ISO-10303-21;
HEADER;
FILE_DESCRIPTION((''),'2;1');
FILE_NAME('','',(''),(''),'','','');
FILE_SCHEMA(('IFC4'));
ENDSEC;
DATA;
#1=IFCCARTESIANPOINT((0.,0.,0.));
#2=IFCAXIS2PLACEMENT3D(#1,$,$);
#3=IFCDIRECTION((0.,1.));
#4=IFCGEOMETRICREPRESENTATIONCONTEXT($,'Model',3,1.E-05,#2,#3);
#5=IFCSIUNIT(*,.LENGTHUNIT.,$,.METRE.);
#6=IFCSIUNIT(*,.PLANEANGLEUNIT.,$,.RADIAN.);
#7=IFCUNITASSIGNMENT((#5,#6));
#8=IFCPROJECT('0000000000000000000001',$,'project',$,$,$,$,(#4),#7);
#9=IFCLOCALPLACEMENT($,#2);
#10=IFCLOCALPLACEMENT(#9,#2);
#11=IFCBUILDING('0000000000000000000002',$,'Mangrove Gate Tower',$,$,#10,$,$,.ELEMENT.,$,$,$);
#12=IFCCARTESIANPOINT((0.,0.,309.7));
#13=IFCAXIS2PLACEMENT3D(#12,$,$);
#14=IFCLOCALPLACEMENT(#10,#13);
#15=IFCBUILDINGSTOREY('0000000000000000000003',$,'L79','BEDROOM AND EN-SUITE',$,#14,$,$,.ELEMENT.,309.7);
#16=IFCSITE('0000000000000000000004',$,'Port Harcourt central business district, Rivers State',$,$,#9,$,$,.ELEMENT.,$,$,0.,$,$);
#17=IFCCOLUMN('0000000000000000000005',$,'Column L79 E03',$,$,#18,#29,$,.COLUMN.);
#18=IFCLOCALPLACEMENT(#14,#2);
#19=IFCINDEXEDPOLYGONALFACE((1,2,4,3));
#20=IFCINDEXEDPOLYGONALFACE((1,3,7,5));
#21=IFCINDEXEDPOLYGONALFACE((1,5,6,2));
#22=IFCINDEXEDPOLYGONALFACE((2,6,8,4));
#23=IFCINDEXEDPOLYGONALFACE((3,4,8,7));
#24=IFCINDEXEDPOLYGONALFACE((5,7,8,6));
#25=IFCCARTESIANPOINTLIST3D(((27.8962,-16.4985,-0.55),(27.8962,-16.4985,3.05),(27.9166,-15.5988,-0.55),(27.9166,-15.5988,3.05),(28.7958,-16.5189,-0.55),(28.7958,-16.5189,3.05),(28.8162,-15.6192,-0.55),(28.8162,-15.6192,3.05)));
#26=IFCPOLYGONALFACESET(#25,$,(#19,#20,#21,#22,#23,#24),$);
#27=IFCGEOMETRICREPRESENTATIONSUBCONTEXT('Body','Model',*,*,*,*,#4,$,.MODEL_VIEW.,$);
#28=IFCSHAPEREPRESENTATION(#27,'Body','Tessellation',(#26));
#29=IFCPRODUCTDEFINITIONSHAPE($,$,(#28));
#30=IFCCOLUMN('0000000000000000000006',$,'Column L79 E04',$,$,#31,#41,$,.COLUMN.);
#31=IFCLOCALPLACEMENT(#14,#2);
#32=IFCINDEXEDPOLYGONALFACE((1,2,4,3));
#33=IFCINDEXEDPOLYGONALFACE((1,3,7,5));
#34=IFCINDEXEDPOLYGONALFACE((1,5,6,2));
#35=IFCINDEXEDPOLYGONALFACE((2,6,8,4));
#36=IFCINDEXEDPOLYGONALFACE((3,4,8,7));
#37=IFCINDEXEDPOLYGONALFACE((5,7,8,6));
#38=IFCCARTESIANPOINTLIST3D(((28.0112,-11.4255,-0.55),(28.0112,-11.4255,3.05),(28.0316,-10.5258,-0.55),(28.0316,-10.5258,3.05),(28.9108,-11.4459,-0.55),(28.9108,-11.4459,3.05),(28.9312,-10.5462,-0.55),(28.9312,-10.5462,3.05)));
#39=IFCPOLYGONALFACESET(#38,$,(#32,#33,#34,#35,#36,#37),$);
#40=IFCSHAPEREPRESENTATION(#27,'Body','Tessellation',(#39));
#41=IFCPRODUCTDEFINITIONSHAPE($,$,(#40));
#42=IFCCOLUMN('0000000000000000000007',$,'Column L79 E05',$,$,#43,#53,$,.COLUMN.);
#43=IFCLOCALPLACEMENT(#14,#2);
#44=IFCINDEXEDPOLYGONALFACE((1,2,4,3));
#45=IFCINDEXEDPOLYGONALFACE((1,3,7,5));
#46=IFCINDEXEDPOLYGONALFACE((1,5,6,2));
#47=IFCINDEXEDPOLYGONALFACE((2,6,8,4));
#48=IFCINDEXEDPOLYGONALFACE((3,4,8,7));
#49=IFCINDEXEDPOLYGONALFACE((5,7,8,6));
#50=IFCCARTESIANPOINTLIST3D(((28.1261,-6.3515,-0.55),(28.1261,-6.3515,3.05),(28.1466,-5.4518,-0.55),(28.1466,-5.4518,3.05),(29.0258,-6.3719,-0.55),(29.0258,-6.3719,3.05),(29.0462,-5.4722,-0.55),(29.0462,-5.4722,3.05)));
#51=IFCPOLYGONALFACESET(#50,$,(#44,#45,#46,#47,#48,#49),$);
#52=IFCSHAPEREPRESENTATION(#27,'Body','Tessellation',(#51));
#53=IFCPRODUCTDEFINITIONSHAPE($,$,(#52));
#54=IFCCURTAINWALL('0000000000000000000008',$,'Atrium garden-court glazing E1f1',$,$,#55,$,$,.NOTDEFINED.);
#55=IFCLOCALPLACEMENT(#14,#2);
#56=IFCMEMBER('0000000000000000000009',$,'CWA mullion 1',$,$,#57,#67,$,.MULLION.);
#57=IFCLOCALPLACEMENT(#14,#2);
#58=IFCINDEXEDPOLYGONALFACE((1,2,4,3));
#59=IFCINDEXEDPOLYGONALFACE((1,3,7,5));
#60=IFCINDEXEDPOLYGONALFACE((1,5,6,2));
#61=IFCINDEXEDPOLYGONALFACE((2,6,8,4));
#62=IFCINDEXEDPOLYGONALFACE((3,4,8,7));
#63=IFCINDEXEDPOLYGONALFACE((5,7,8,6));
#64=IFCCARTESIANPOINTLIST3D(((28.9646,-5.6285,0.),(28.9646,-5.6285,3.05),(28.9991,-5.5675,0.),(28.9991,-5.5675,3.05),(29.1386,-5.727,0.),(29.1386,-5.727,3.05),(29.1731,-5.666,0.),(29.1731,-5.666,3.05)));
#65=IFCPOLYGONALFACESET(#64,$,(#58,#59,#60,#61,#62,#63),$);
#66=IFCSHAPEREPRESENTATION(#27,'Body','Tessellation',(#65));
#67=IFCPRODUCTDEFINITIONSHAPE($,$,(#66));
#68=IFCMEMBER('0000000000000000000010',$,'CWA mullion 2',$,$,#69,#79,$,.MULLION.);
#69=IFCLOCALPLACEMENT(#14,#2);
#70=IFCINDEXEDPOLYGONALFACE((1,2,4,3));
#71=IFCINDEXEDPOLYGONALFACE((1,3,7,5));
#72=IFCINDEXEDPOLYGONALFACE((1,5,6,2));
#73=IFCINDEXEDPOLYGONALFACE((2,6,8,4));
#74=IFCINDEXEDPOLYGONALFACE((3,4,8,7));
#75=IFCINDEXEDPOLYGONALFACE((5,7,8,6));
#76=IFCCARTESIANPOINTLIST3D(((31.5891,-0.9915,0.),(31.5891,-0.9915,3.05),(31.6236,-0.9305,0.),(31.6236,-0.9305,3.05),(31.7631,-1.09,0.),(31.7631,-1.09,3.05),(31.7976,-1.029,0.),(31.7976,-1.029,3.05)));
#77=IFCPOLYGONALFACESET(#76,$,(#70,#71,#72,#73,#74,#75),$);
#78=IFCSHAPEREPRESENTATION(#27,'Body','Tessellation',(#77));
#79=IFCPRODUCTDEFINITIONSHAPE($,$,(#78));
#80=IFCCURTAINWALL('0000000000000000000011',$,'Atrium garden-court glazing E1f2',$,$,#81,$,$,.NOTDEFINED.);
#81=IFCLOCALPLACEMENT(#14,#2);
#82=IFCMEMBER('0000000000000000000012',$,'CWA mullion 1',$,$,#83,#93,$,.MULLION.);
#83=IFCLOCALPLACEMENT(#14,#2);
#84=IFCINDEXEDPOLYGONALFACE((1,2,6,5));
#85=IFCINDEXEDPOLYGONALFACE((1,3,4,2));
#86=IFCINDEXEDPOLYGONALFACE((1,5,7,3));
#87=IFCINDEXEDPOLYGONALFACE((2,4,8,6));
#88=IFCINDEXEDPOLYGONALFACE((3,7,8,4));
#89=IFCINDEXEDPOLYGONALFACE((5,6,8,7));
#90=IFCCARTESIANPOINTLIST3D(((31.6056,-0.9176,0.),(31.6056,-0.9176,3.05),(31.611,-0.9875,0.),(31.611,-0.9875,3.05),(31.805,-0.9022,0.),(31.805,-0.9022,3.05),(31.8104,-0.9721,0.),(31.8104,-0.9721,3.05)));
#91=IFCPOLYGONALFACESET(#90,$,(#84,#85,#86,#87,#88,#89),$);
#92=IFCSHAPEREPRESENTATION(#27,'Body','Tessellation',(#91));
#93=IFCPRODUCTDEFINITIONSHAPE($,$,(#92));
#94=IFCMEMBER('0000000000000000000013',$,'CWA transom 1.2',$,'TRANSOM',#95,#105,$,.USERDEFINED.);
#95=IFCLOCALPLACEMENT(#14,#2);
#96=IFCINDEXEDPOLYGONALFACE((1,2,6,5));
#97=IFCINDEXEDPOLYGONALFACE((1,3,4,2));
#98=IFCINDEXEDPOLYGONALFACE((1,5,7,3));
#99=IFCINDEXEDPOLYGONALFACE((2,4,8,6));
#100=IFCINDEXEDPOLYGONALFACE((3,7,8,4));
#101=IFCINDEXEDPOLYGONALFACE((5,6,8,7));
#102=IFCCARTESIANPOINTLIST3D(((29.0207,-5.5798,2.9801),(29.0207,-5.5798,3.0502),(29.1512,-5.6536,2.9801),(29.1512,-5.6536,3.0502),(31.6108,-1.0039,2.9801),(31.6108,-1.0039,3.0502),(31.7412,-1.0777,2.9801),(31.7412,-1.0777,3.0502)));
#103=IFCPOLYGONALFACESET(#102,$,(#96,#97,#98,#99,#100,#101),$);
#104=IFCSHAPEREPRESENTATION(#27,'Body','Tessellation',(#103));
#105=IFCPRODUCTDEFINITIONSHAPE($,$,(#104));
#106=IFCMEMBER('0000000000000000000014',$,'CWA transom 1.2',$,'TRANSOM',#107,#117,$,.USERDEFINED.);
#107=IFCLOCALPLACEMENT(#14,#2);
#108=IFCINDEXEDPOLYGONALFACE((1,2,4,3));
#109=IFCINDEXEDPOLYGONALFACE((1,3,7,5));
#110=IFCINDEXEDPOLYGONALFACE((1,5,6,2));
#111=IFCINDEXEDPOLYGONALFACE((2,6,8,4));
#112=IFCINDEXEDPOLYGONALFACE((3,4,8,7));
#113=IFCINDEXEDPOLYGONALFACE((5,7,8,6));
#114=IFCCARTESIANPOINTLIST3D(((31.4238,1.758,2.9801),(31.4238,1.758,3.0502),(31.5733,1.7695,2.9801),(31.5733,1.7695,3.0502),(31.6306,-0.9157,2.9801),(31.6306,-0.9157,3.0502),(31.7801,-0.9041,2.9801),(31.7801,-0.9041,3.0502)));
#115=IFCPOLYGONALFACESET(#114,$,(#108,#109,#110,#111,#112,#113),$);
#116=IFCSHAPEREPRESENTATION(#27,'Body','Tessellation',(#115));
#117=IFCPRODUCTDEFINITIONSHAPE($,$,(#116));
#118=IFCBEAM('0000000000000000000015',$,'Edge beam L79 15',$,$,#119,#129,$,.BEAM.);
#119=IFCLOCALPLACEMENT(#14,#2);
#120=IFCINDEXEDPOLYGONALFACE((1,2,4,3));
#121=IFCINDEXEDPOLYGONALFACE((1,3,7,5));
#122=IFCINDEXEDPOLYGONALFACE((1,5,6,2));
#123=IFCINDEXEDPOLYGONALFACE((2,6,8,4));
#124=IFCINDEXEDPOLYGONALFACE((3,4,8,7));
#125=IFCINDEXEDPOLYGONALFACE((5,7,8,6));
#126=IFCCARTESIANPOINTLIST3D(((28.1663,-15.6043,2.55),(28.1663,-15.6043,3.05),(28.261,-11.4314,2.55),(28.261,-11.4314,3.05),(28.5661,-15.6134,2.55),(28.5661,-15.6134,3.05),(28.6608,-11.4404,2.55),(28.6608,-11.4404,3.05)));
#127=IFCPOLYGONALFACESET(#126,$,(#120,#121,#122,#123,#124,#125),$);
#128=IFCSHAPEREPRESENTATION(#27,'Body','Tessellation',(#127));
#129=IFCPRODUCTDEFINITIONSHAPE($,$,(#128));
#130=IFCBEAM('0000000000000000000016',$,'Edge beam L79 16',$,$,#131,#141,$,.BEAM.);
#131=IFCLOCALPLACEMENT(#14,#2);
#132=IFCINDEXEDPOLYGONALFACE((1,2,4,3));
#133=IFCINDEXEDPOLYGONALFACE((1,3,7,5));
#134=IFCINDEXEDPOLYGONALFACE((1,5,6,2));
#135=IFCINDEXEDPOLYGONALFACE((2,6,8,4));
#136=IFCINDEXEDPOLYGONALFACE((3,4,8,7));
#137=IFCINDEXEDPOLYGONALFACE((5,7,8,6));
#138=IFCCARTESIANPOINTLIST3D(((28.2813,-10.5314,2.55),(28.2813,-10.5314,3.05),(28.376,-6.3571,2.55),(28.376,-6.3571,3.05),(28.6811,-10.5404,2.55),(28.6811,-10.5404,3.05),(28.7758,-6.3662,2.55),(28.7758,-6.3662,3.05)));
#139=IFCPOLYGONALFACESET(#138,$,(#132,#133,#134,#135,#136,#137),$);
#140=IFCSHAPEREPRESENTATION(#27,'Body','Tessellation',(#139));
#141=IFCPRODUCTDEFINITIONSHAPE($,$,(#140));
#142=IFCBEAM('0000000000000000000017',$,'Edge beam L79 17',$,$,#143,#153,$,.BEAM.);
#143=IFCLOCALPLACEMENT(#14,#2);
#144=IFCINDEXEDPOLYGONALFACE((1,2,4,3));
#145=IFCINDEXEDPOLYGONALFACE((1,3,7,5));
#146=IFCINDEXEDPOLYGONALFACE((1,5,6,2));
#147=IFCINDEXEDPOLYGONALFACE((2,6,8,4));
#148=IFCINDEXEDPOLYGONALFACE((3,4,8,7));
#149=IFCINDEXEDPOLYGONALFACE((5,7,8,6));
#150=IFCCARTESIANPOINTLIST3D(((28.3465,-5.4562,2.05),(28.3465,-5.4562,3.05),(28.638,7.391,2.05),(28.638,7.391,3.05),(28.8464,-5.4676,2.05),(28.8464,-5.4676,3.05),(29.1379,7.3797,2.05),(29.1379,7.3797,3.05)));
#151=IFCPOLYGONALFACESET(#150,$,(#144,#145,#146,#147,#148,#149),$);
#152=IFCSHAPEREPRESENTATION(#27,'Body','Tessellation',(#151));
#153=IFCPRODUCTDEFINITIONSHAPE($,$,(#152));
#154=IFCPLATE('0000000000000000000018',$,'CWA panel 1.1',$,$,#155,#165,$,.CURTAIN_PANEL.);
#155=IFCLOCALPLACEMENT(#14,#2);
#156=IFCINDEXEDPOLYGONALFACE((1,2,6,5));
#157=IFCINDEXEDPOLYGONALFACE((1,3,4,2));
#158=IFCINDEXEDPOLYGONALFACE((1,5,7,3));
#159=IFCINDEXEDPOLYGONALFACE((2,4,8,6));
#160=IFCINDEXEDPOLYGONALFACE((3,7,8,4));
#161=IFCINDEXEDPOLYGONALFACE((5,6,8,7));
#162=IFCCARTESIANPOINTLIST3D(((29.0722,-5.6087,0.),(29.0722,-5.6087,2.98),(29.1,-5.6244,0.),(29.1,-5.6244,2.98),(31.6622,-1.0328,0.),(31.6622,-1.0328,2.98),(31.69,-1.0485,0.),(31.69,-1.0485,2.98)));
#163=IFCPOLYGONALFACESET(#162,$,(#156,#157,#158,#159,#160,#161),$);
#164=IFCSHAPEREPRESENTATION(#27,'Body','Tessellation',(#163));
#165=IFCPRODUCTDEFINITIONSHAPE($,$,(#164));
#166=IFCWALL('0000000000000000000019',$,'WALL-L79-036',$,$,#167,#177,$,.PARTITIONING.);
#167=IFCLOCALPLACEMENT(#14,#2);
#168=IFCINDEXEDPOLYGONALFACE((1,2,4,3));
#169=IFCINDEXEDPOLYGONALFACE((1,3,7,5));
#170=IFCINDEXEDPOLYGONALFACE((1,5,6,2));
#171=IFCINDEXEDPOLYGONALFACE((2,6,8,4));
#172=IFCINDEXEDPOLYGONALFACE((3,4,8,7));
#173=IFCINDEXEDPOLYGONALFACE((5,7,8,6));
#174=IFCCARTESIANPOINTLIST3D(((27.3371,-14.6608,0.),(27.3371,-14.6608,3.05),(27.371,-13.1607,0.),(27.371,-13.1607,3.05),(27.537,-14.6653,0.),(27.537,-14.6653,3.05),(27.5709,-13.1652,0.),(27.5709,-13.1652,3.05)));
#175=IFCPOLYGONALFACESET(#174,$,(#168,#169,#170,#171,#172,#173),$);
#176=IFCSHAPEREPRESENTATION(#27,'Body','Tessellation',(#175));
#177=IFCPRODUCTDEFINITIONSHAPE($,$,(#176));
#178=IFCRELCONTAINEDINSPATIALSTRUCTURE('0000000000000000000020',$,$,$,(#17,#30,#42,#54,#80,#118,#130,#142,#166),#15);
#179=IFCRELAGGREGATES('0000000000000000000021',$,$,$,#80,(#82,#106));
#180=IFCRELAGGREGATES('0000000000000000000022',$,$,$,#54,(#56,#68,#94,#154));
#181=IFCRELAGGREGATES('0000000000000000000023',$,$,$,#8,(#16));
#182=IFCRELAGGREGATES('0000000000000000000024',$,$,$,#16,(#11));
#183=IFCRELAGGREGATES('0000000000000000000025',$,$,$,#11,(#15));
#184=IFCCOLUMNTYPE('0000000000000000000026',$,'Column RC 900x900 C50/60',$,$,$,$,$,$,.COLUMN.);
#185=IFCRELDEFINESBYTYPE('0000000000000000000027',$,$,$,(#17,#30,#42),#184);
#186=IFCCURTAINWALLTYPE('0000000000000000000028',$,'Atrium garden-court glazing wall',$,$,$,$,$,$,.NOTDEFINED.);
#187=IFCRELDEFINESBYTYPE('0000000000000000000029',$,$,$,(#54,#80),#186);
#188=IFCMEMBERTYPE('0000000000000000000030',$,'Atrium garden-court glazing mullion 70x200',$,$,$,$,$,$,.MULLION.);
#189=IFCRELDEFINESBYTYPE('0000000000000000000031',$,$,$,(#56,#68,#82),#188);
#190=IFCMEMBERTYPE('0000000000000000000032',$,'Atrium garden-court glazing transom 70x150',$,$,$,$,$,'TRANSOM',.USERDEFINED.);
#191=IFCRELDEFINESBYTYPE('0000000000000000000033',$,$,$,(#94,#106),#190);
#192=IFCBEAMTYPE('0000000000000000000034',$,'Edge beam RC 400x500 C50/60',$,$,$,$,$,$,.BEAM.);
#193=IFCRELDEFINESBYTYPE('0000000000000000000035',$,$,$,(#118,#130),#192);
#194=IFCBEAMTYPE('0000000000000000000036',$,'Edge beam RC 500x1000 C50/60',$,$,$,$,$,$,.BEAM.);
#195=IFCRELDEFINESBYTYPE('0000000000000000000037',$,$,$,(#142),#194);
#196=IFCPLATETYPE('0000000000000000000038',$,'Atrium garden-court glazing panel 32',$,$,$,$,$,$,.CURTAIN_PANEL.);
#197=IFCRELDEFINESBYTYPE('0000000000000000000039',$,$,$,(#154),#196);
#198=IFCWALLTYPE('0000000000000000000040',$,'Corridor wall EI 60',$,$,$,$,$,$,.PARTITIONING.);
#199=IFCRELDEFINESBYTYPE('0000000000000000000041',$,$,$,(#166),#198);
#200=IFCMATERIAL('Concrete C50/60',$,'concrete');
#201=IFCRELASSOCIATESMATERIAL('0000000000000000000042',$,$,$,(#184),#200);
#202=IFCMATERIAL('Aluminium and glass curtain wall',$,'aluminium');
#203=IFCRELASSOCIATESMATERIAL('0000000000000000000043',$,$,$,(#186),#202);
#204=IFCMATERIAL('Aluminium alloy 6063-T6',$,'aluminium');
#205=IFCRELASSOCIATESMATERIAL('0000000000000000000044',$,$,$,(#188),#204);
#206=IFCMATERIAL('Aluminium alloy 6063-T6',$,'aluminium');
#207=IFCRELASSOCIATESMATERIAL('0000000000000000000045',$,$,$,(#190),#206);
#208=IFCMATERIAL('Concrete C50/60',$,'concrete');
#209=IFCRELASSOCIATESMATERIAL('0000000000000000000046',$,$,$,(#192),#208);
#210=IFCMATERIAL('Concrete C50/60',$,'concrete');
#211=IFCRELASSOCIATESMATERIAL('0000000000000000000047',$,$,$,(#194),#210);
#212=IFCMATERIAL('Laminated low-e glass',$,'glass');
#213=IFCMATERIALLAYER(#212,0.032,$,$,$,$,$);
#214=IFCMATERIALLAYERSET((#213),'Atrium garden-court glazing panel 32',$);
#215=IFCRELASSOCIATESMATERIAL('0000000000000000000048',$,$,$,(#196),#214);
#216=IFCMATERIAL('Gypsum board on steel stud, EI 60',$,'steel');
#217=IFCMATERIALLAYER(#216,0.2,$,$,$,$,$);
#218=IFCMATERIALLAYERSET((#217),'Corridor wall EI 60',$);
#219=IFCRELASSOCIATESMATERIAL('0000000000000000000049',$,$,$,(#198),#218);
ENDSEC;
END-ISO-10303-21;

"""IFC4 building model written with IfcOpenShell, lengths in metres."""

from ifc_helpers import new_model, si_unit, direction, frame, frame_2d, origin, origin_2d, place, context, subcontext, project, spatial, rectangle, extrude, material, layer, layer_set, material_profile, profile_set, type_object, element, aggregate, save


model = new_model("IFC4")

# Units and contexts
model_context = context("Model", 3, precision=1e-05, world=origin(), true_north=direction((0.0, 1.0)))
body_context = subcontext(model_context, "Body", "Model", "MODEL_VIEW")
ifc_project = project(units=[si_unit("LENGTHUNIT", "METRE"), si_unit("PLANEANGLEUNIT", "RADIAN")], contexts=[model_context])

# Site, building, storey
site_placement = place(None, origin())
site = spatial("IfcSite", under=ifc_project, at=site_placement, Name="Port Harcourt central business district, Rivers State", CompositionType="ELEMENT", RefElevation=0.0)
building_placement = place(site_placement, origin())
building = spatial("IfcBuilding", under=site, at=building_placement, Name="Mangrove Gate Tower", CompositionType="ELEMENT")
storey_placement = place(building_placement, frame((0.0, 0.0, 309.7)))
storey = spatial("IfcBuildingStorey", under=building, at=storey_placement, Name="L79", Description="BEDROOM AND EN-SUITE", CompositionType="ELEMENT", Elevation=309.7)

# Columns
ifc_material_1 = material(Name="Concrete C50/60", Category="concrete")
ifc_material_profile_1 = material_profile(ifc_material_1, rectangle(XDim=0.8999, YDim=0.8999, at=origin_2d()))
ifc_profile_set_1 = profile_set([ifc_material_profile_1], Name="Concrete C50/60")
column_type = type_object("IfcColumnType", Name="Column RC 900x900 C50/60", PredefinedType="COLUMN", material=ifc_profile_set_1)
for number, where, z_axis, x_axis, name in (
    (1, (28.3562, -16.0588, -0.55), (0.0, 0.0, 1.0), (0.022661, 0.999743, 0.0), "Column L79 E03"),
    (2, (28.4712, -10.9858, -0.55), (0.0, 0.0, 1.0), (0.022661, 0.999743, 0.0), "Column L79 E04"),
    (3, (28.5862, -5.9119, -0.55), (0.0, 0.0, 1.0), (0.022682, 0.999743, 0.0), "Column L79 E05"),
):
    element("IfcColumn", number, at=place(storey_placement, frame(where, z_axis=z_axis, x_axis=x_axis)), inside=storey, type_object=column_type, Name=name, PredefinedType="COLUMN", context=body_context, shape_type="SweptSolid", body=[
        extrude(rectangle(XDim=0.8999, YDim=0.8999, at=origin_2d()), origin(), (0.0, 0.0, 1.0), 3.6001),
    ])

# Curtain wall, members
ifc_material_2 = material(Name="Aluminium and glass curtain wall", Category="aluminium")
curtain_wall_type = type_object("IfcCurtainWallType", Name="Atrium garden-court glazing wall", PredefinedType="NOTDEFINED", material=ifc_material_2)
curtain_wall_1_placement = place(storey_placement, origin())
curtain_wall_1 = element("IfcCurtainWall", 4, at=curtain_wall_1_placement, inside=storey, type_object=curtain_wall_type, Name="Atrium garden-court glazing E1f1", PredefinedType="NOTDEFINED")
ifc_material_3 = material(Name="Aluminium alloy 6063-T6", Category="aluminium")
ifc_material_profile_2 = material_profile(ifc_material_3, rectangle(XDim=0.0701, YDim=0.2, at=origin_2d()))
ifc_profile_set_2 = profile_set([ifc_material_profile_2], Name="Aluminium alloy 6063-T6")
member_type_1 = type_object("IfcMemberType", Name="Atrium garden-court glazing mullion 70x200", PredefinedType="MULLION", material=ifc_profile_set_2)
member_1_placement = place(storey_placement, frame((29.0688, -5.6472, 0.0), z_axis=(0.0, 0.0, 1.0), x_axis=(0.492587, 0.870263, 0.0)))
member_1 = element("IfcMember", 5, at=member_1_placement, type_object=member_type_1, Name="CWA mullion 1", PredefinedType="MULLION", context=body_context, shape_type="SweptSolid", body=[
    extrude(rectangle(XDim=0.0701, YDim=0.2, at=origin_2d()), origin(), (0.0, 0.0, 1.0), 3.05),
])
member_2_placement = place(storey_placement, frame((31.6934, -1.0103, 0.0), z_axis=(0.0, 0.0, 1.0), x_axis=(0.492587, 0.870263, 0.0)))
member_2 = element("IfcMember", 6, at=member_2_placement, type_object=member_type_1, Name="CWA mullion 2", PredefinedType="MULLION", context=body_context, shape_type="SweptSolid", body=[
    extrude(rectangle(XDim=0.0701, YDim=0.2, at=origin_2d()), origin(), (0.0, 0.0, 1.0), 3.05),
])

# Curtain wall, member
curtain_wall_2_placement = place(storey_placement, origin())
curtain_wall_2 = element("IfcCurtainWall", 7, at=curtain_wall_2_placement, inside=storey, type_object=curtain_wall_type, Name="Atrium garden-court glazing E1f2", PredefinedType="NOTDEFINED")
member_3_placement = place(storey_placement, frame((31.708, -0.9448, 0.0), z_axis=(0.0, 0.0, 1.0), x_axis=(-0.077023, 0.997029, 0.0)))
member_3 = element("IfcMember", 8, at=member_3_placement, type_object=member_type_1, Name="CWA mullion 1", PredefinedType="MULLION", context=body_context, shape_type="SweptSolid", body=[
    extrude(rectangle(XDim=0.0701, YDim=0.2, at=origin_2d()), origin(), (0.0, 0.0, 1.0), 3.05),
])

# Members
ifc_material_4 = material(Name="Aluminium alloy 6063-T6", Category="aluminium")
ifc_material_profile_3 = material_profile(ifc_material_4, rectangle(XDim=0.0701, YDim=0.1499, at=origin_2d()))
ifc_profile_set_3 = profile_set([ifc_material_profile_3], Name="Aluminium alloy 6063-T6")
member_type_2 = type_object("IfcMemberType", Name="Atrium garden-court glazing transom 70x150", ElementType="TRANSOM", PredefinedType="USERDEFINED", material=ifc_profile_set_3)
member_4_placement = place(storey_placement, frame((29.0859, -5.6167, 3.0151), z_axis=(0.49259, 0.870262, 0.0), x_axis=(0.0, 0.0, 1.0)))
member_4 = element("IfcMember", 9, at=member_4_placement, type_object=member_type_2, Name="CWA transom 1.2", ObjectType="TRANSOM", PredefinedType="USERDEFINED", context=body_context, shape_type="SweptSolid", body=[
    extrude(rectangle(XDim=0.0701, YDim=0.1499, at=origin_2d()), origin(), (0.0, 0.0, 1.0), 5.2581),
])
member_5_placement = place(storey_placement, frame((31.7053, -0.9099, 3.0151), z_axis=(-0.077114, 0.997022, 0.0), x_axis=(0.0, 0.0, 1.0)))
member_5 = element("IfcMember", 10, at=member_5_placement, type_object=member_type_2, Name="CWA transom 1.2", ObjectType="TRANSOM", PredefinedType="USERDEFINED", context=body_context, shape_type="SweptSolid", body=[
    extrude(rectangle(XDim=0.0701, YDim=0.1499, at=origin_2d()), origin(), (0.0, 0.0, 1.0), 2.6816),
])
aggregate(curtain_wall_2, [member_3, member_5])

# Beams
ifc_material_5 = material(Name="Concrete C50/60", Category="concrete")
ifc_material_profile_4 = material_profile(ifc_material_5, rectangle(XDim=0.3999, YDim=0.5, at=origin_2d()))
ifc_profile_set_4 = profile_set([ifc_material_profile_4], Name="Concrete C50/60")
beam_type_1 = type_object("IfcBeamType", Name="Edge beam RC 400x500 C50/60", PredefinedType="BEAM", material=ifc_profile_set_4)
beam_1_placement = place(storey_placement, frame((28.3662, -15.6089, 2.8), z_axis=(0.022694, 0.999742, 0.0), x_axis=(-0.999742, 0.022694, 0.0)))
element("IfcBeam", 11, at=beam_1_placement, inside=storey, type_object=beam_type_1, Name="Edge beam L79 15", PredefinedType="BEAM", context=body_context, shape_type="SweptSolid", body=[
    extrude(rectangle(XDim=0.3999, YDim=0.5, at=origin_2d()), origin(), (0.0, 0.0, 1.0), 4.1741),
])
beam_2_placement = place(storey_placement, frame((28.4812, -10.5359, 2.8), z_axis=(0.022687, 0.999743, 0.0), x_axis=(-0.999743, 0.022687, 0.0)))
element("IfcBeam", 12, at=beam_2_placement, inside=storey, type_object=beam_type_1, Name="Edge beam L79 16", PredefinedType="BEAM", context=body_context, shape_type="SweptSolid", body=[
    extrude(rectangle(XDim=0.3999, YDim=0.5, at=origin_2d()), origin(), (0.0, 0.0, 1.0), 4.1753),
])
ifc_material_6 = material(Name="Concrete C50/60", Category="concrete")
ifc_material_profile_5 = material_profile(ifc_material_6, rectangle(XDim=0.5, YDim=1.0, at=origin_2d()))
ifc_profile_set_5 = profile_set([ifc_material_profile_5], Name="Concrete C50/60")
beam_type_2 = type_object("IfcBeamType", Name="Edge beam RC 500x1000 C50/60", PredefinedType="BEAM", material=ifc_profile_set_5)
beam_3_placement = place(storey_placement, frame((28.5964, -5.4619, 2.55), z_axis=(0.022684, 0.999743, 0.0), x_axis=(-0.999743, 0.022684, 0.0)))
element("IfcBeam", 13, at=beam_3_placement, inside=storey, type_object=beam_type_2, Name="Edge beam L79 17", PredefinedType="BEAM", context=body_context, shape_type="SweptSolid", body=[
    extrude(rectangle(XDim=0.5, YDim=1.0, at=origin_2d()), origin(), (0.0, 0.0, 1.0), 12.8506),
])

# Plate
ifc_material_7 = material(Name="Laminated low-e glass", Category="glass")
ifc_layer_1 = layer(ifc_material_7, 0.032)
ifc_layer_set_1 = layer_set([ifc_layer_1], Name="Atrium garden-court glazing panel 32")
plate_type = type_object("IfcPlateType", Name="Atrium garden-court glazing panel 32", PredefinedType="CURTAIN_PANEL", material=ifc_layer_set_1)
plate_placement = place(storey_placement, frame((30.3811, -3.3286, 0.0), z_axis=(0.0, 0.0, 1.0), x_axis=(0.492587, 0.870263, 0.0)))
plate = element("IfcPlate", 14, at=plate_placement, type_object=plate_type, Name="CWA panel 1.1", PredefinedType="CURTAIN_PANEL", context=body_context, shape_type="SweptSolid", body=[
    extrude(rectangle(XDim=5.2581, YDim=0.032, at=origin_2d()), origin(), (0.0, 0.0, 1.0), 2.98),
])
aggregate(curtain_wall_1, [member_1, member_2, member_4, plate])

# Wall
ifc_material_8 = material(Name="Gypsum board on steel stud, EI 60", Category="steel")
ifc_layer_2 = layer(ifc_material_8, 0.2)
ifc_layer_set_2 = layer_set([ifc_layer_2], Name="Corridor wall EI 60")
wall_type_1 = type_object("IfcWallType", Name="Corridor wall EI 60", PredefinedType="PARTITIONING", material=ifc_layer_set_2)
wall_1_placement = place(storey_placement, frame((27.437, -14.6631, 0.0), z_axis=(0.0, 0.0, 1.0), x_axis=(0.022618, 0.999744, 0.0)))
element("IfcWall", 15, at=wall_1_placement, inside=storey, type_object=wall_type_1, Name="WALL-L79-036", PredefinedType="PARTITIONING", context=body_context, shape_type="SweptSolid", body=[
    extrude(rectangle(XDim=1.5005, YDim=0.2, at=frame_2d((0.7502, 0.0))), origin(), (0.0, 0.0, 1.0), 3.05),
])

save(model, "model.ifc")
